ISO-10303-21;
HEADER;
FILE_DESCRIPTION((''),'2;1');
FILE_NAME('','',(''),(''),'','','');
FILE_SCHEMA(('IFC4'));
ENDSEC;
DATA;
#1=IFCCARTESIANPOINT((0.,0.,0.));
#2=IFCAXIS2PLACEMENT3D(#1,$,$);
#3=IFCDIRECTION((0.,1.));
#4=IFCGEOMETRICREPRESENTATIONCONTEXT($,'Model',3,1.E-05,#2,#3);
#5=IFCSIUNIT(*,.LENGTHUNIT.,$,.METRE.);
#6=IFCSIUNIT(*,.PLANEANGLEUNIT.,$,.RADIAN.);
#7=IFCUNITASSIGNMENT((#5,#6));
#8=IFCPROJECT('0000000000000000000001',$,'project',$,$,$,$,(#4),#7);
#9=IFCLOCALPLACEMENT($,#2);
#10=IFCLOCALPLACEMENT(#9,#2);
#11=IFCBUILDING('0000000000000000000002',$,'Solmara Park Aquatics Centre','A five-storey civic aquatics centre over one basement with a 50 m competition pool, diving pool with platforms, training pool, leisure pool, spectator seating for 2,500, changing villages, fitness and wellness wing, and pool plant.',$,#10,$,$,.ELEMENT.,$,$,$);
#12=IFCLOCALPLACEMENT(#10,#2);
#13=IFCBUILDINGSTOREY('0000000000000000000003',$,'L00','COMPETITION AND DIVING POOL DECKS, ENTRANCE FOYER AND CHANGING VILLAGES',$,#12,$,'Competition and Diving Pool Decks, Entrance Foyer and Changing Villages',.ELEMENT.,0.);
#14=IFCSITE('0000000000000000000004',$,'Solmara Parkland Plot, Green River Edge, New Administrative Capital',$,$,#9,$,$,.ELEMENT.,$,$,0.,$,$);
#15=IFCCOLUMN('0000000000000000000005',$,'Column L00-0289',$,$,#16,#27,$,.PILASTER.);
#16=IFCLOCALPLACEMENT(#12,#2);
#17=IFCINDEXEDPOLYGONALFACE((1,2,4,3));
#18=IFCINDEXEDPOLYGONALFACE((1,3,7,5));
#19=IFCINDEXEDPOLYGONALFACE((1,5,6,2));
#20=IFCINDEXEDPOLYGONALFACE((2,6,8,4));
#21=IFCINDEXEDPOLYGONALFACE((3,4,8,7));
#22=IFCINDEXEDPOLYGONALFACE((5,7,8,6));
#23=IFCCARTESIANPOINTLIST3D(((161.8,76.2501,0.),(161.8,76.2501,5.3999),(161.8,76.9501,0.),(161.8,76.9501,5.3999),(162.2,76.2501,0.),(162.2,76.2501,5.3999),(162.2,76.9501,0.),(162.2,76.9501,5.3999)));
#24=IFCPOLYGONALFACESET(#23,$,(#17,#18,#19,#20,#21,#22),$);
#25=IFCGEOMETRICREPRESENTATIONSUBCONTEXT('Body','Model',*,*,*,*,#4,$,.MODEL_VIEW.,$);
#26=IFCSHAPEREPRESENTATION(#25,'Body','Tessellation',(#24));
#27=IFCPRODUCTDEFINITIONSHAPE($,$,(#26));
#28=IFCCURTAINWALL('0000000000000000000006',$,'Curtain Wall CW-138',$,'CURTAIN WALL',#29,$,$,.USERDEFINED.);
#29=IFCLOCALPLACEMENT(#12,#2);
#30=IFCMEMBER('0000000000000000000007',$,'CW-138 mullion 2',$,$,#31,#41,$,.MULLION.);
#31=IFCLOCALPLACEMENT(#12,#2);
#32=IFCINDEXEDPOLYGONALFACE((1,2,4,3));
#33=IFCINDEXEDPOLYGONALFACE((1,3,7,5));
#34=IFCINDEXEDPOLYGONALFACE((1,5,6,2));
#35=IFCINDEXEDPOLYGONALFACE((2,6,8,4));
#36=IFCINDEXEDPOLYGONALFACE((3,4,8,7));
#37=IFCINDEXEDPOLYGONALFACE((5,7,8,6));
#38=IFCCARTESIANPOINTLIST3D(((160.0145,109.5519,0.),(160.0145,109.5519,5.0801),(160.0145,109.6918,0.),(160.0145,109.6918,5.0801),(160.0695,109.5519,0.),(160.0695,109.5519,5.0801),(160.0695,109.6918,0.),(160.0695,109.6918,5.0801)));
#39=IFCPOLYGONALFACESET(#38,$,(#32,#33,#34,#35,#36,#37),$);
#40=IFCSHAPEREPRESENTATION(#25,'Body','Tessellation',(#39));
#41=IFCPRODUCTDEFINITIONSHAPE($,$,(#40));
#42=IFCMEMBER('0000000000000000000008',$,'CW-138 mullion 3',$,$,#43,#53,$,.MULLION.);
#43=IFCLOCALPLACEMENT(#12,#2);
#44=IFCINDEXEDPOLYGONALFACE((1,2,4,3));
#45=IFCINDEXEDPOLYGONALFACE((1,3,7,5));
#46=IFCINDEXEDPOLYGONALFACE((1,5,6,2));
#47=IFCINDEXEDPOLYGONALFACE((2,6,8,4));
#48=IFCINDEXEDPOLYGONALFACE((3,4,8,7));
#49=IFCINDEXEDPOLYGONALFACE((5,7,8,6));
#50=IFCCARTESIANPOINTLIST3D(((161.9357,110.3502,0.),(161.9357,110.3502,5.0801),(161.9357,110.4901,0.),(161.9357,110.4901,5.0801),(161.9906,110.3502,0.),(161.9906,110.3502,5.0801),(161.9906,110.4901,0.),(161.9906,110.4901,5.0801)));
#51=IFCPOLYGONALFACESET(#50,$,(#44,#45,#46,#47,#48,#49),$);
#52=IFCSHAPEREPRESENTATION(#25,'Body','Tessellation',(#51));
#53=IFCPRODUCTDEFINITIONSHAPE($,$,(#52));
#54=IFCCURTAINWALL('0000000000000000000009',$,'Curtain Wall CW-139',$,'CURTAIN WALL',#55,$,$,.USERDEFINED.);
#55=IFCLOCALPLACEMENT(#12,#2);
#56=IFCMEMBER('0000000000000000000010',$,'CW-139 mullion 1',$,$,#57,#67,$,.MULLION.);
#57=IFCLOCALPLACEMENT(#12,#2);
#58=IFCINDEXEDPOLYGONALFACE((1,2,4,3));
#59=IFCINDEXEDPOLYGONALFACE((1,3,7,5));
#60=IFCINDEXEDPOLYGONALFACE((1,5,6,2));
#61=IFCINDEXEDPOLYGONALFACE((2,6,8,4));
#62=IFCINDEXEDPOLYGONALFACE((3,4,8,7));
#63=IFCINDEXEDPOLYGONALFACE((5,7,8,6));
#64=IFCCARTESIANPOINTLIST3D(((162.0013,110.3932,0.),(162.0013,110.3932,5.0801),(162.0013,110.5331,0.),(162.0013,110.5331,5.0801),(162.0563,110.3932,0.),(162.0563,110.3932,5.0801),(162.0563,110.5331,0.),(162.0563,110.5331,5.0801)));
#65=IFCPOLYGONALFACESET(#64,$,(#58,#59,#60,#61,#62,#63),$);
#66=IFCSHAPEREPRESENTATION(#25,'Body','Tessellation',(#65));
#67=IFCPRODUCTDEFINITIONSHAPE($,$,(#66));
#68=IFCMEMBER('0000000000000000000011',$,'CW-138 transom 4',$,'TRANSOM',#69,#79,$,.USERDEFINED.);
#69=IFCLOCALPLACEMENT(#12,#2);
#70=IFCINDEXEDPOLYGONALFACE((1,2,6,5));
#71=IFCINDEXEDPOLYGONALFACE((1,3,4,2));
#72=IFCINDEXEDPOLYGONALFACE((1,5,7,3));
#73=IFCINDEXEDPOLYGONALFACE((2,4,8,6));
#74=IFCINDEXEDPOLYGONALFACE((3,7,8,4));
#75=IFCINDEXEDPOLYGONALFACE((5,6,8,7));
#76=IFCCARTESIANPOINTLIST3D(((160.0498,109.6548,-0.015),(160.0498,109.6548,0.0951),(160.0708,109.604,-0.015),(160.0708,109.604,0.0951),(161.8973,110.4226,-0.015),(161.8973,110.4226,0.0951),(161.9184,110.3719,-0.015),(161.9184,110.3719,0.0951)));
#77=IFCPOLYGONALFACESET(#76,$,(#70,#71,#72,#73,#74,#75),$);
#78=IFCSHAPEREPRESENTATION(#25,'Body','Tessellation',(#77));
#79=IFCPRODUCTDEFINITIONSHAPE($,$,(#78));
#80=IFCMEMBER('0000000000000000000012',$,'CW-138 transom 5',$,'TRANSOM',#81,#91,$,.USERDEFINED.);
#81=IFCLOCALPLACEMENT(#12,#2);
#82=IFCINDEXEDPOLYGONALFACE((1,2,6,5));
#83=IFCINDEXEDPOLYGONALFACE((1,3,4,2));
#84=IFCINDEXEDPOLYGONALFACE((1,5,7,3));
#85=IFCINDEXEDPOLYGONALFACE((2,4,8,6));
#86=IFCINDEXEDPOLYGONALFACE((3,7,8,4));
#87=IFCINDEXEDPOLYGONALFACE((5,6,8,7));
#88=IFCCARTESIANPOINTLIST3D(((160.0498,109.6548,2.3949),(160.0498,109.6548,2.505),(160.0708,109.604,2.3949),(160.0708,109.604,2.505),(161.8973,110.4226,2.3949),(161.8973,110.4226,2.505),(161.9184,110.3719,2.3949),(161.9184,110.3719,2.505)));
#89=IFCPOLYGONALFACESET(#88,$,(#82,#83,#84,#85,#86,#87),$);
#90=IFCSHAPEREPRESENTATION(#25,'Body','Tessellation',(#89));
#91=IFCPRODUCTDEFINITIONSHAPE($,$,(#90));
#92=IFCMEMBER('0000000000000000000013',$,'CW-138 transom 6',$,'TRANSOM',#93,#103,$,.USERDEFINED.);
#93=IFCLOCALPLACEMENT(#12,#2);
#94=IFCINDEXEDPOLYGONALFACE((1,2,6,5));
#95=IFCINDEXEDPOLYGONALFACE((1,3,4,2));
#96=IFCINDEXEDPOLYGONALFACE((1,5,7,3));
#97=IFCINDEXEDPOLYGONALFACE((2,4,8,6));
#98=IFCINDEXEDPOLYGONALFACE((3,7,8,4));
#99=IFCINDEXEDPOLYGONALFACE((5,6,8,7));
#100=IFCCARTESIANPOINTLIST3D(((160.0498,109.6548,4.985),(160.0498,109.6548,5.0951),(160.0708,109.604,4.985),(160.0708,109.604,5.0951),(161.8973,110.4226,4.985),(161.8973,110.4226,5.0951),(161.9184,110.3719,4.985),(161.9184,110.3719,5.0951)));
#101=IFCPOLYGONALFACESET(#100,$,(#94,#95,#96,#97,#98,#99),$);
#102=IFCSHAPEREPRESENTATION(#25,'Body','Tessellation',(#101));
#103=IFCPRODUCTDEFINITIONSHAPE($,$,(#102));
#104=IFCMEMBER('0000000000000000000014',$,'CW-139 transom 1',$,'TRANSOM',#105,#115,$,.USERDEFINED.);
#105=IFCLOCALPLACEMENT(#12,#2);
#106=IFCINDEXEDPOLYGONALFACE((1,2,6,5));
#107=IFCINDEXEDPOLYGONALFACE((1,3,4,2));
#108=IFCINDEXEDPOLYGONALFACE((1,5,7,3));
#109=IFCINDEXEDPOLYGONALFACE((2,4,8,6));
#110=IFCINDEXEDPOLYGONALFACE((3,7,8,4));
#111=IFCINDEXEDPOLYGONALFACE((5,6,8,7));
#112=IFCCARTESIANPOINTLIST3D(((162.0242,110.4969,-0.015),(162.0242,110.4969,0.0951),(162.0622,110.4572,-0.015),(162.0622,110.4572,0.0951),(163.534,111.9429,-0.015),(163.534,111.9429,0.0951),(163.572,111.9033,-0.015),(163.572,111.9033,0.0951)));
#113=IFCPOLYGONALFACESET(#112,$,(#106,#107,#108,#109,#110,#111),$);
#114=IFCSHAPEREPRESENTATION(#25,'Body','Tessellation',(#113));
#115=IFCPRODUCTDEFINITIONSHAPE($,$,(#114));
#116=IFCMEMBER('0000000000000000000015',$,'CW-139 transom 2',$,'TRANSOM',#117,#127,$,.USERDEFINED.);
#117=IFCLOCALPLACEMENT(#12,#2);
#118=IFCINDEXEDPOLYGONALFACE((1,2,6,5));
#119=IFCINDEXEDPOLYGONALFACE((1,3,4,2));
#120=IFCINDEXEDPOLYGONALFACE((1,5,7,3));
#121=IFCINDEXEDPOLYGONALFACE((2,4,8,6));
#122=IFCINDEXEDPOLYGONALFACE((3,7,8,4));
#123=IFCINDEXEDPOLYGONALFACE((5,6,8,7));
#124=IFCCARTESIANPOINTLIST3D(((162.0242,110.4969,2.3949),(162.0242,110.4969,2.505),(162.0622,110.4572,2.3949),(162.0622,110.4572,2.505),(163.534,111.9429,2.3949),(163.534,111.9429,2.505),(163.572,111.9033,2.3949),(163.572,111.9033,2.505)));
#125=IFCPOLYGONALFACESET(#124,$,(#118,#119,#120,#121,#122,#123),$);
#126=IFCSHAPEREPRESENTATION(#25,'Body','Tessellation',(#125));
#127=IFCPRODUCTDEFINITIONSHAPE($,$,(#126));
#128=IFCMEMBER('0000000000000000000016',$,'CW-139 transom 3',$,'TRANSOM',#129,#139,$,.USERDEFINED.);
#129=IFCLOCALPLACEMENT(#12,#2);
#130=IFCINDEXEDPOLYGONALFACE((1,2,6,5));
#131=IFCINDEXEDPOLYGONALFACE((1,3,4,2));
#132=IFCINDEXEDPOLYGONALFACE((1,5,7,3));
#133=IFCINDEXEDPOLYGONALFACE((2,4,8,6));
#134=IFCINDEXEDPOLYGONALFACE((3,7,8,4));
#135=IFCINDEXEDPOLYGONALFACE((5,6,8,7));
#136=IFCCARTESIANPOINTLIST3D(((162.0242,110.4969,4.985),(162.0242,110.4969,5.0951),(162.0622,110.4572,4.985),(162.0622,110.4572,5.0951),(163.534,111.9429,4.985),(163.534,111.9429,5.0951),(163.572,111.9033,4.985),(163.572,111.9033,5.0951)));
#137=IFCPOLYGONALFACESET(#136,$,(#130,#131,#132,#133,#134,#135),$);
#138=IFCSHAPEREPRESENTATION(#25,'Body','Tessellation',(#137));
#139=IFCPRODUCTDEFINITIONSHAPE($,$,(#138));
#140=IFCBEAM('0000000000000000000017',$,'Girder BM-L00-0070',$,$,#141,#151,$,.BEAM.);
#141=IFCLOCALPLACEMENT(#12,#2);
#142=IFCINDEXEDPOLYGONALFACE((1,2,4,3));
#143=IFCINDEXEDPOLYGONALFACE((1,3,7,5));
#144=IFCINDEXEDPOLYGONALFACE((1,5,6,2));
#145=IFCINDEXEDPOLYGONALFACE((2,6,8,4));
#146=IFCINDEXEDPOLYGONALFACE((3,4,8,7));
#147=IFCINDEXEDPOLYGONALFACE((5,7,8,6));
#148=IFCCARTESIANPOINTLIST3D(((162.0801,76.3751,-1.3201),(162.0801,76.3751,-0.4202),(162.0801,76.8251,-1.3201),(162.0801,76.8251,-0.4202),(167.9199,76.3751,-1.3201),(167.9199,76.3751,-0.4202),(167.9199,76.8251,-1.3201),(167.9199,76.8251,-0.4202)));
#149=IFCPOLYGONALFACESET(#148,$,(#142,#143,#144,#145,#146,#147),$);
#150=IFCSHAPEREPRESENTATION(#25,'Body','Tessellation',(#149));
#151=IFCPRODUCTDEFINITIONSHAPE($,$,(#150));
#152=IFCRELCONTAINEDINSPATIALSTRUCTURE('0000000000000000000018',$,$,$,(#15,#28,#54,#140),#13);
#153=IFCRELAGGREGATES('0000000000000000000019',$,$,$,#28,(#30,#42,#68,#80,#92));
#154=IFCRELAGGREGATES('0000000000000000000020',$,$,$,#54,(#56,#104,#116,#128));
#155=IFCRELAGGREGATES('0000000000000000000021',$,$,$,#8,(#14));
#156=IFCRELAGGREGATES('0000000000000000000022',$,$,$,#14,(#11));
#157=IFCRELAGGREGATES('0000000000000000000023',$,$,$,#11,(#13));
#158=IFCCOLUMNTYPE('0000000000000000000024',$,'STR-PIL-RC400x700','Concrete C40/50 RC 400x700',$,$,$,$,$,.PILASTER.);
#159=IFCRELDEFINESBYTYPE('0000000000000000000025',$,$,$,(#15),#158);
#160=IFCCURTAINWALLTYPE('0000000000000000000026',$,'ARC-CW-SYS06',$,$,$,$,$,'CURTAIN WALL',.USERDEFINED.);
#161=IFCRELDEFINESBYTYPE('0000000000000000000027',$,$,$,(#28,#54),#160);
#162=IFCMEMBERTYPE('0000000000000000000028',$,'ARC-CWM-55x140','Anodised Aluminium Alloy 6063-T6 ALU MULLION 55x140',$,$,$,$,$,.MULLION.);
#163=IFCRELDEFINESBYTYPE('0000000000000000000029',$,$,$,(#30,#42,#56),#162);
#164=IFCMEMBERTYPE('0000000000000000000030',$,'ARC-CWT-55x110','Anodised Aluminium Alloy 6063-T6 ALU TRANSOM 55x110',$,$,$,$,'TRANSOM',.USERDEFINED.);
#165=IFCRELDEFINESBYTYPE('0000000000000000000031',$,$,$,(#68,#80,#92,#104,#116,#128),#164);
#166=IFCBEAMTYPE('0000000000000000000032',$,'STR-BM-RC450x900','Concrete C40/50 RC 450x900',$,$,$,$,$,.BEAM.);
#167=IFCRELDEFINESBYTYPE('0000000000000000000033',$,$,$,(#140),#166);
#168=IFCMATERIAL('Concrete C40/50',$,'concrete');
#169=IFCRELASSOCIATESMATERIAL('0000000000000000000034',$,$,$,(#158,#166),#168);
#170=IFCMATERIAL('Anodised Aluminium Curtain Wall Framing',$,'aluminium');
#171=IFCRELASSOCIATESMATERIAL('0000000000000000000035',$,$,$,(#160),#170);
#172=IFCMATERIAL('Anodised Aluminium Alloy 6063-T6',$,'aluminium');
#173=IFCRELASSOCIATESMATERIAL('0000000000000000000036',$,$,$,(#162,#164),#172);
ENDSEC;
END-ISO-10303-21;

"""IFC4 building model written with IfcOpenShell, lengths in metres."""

from ifc_helpers import new_model, si_unit, direction, frame, origin, origin_2d, place, context, subcontext, project, spatial, rectangle, extrude, material, material_profile, profile_set, type_object, element, aggregate, save


model = new_model("IFC4")

# Units and contexts
model_context = context("Model", 3, precision=1e-05, world=origin(), true_north=direction((0.0, 1.0)))
body_context = subcontext(model_context, "Body", "Model", "MODEL_VIEW")
ifc_project = project(units=[si_unit("LENGTHUNIT", "METRE"), si_unit("PLANEANGLEUNIT", "RADIAN")], contexts=[model_context])

# Site, building, storey
site_placement = place(None, origin())
site = spatial("IfcSite", under=ifc_project, at=site_placement, Name="Solmara Parkland Plot, Green River Edge, New Administrative Capital", CompositionType="ELEMENT", RefElevation=0.0)
building_placement = place(site_placement, origin())
building = spatial("IfcBuilding", under=site, at=building_placement, Name="Solmara Park Aquatics Centre", Description="A five-storey civic aquatics centre over one basement with a 50 m competition pool, diving pool with platforms, training pool, leisure pool, spectator seating for 2,500, changing villages, fitness and wellness wing, and pool plant.", CompositionType="ELEMENT")
storey_placement = place(building_placement, origin())
storey = spatial("IfcBuildingStorey", under=building, at=storey_placement, Name="L00", Description="COMPETITION AND DIVING POOL DECKS, ENTRANCE FOYER AND CHANGING VILLAGES", LongName="Competition and Diving Pool Decks, Entrance Foyer and Changing Villages", CompositionType="ELEMENT", Elevation=0.0)

# Column
ifc_material_1 = material(Name="Concrete C40/50", Category="concrete")
ifc_material_profile_1 = material_profile(ifc_material_1, rectangle(XDim=0.3999, YDim=0.7, at=origin_2d()), Name="RC 400x700")
ifc_profile_set_1 = profile_set([ifc_material_profile_1], Name="Concrete C40/50")
column_type = type_object("IfcColumnType", Name="STR-PIL-RC400x700", Description="Concrete C40/50 RC 400x700", PredefinedType="PILASTER", material=ifc_profile_set_1)
column_placement = place(storey_placement, frame((162.0, 76.6001, 0.0), z_axis=(0.0, 0.0, 1.0), x_axis=(1.0, 0.0, 0.0)))
element("IfcColumn", 1, at=column_placement, inside=storey, type_object=column_type, Name="Column L00-0289", PredefinedType="PILASTER", context=body_context, shape_type="SweptSolid", body=[
    extrude(rectangle(XDim=0.3999, YDim=0.7, at=origin_2d()), origin(), (0.0, 0.0, 1.0), 5.3999),
])

# Curtain wall, members
ifc_material_2 = material(Name="Anodised Aluminium Curtain Wall Framing", Category="aluminium")
curtain_wall_type = type_object("IfcCurtainWallType", Name="ARC-CW-SYS06", ElementType="CURTAIN WALL", PredefinedType="USERDEFINED", material=ifc_material_2)
curtain_wall_1_placement = place(storey_placement, origin())
curtain_wall_1 = element("IfcCurtainWall", 2, at=curtain_wall_1_placement, inside=storey, type_object=curtain_wall_type, Name="Curtain Wall CW-138", ObjectType="CURTAIN WALL", PredefinedType="USERDEFINED")
ifc_material_3 = material(Name="Anodised Aluminium Alloy 6063-T6", Category="aluminium")
ifc_material_profile_2 = material_profile(ifc_material_3, rectangle(XDim=0.0549, YDim=0.1399, at=origin_2d()), Name="ALU MULLION 55x140")
ifc_profile_set_2 = profile_set([ifc_material_profile_2], Name="Anodised Aluminium Alloy 6063-T6")
member_type_1 = type_object("IfcMemberType", Name="ARC-CWM-55x140", Description="Anodised Aluminium Alloy 6063-T6 ALU MULLION 55x140", PredefinedType="MULLION", material=ifc_profile_set_2)
member_1_placement = place(storey_placement, frame((160.042, 109.6218, 0.0), z_axis=(0.0, 0.0, 1.0), x_axis=(1.0, 0.0, 0.0)))
member_1 = element("IfcMember", 3, at=member_1_placement, type_object=member_type_1, Name="CW-138 mullion 2", PredefinedType="MULLION", context=body_context, shape_type="SweptSolid", body=[
    extrude(rectangle(XDim=0.0549, YDim=0.1399, at=origin_2d()), origin(), (0.0, 0.0, 1.0), 5.0801),
])
member_2_placement = place(storey_placement, frame((161.9631, 110.4202, 0.0), z_axis=(0.0, 0.0, 1.0), x_axis=(1.0, 0.0, 0.0)))
member_2 = element("IfcMember", 4, at=member_2_placement, type_object=member_type_1, Name="CW-138 mullion 3", PredefinedType="MULLION", context=body_context, shape_type="SweptSolid", body=[
    extrude(rectangle(XDim=0.0549, YDim=0.1399, at=origin_2d()), origin(), (0.0, 0.0, 1.0), 5.0801),
])

# Curtain wall, member
curtain_wall_2_placement = place(storey_placement, origin())
curtain_wall_2 = element("IfcCurtainWall", 5, at=curtain_wall_2_placement, inside=storey, type_object=curtain_wall_type, Name="Curtain Wall CW-139", ObjectType="CURTAIN WALL", PredefinedType="USERDEFINED")
member_3_placement = place(storey_placement, frame((162.0288, 110.4631, 0.0), z_axis=(0.0, 0.0, 1.0), x_axis=(1.0, 0.0, 0.0)))
member_3 = element("IfcMember", 6, at=member_3_placement, type_object=member_type_1, Name="CW-139 mullion 1", PredefinedType="MULLION", context=body_context, shape_type="SweptSolid", body=[
    extrude(rectangle(XDim=0.0549, YDim=0.1399, at=origin_2d()), origin(), (0.0, 0.0, 1.0), 5.0801),
])

# Members
ifc_material_profile_3 = material_profile(ifc_material_3, rectangle(XDim=0.0549, YDim=0.1101, at=origin_2d()), Name="ALU TRANSOM 55x110")
ifc_profile_set_3 = profile_set([ifc_material_profile_3], Name="Anodised Aluminium Alloy 6063-T6")
member_type_2 = type_object("IfcMemberType", Name="ARC-CWT-55x110", Description="Anodised Aluminium Alloy 6063-T6 ALU TRANSOM 55x110", ElementType="TRANSOM", PredefinedType="USERDEFINED", material=ifc_profile_set_3)
member_4_placement = place(storey_placement, frame((160.0603, 109.6294, 0.04), z_axis=(0.92342, 0.383792, 0.0), x_axis=(-0.383792, 0.92342, 0.0)))
member_4 = element("IfcMember", 7, at=member_4_placement, type_object=member_type_2, Name="CW-138 transom 4", ObjectType="TRANSOM", PredefinedType="USERDEFINED", context=body_context, shape_type="SweptSolid", body=[
    extrude(rectangle(XDim=0.0549, YDim=0.1101, at=origin_2d()), origin(), (0.0, 0.0, 1.0), 2.0007),
])
member_5_placement = place(storey_placement, frame((160.0603, 109.6294, 2.45), z_axis=(0.92342, 0.383792, 0.0), x_axis=(-0.383792, 0.92342, 0.0)))
member_5 = element("IfcMember", 8, at=member_5_placement, type_object=member_type_2, Name="CW-138 transom 5", ObjectType="TRANSOM", PredefinedType="USERDEFINED", context=body_context, shape_type="SweptSolid", body=[
    extrude(rectangle(XDim=0.0549, YDim=0.1101, at=origin_2d()), origin(), (0.0, 0.0, 1.0), 2.0007),
])
member_6_placement = place(storey_placement, frame((160.0603, 109.6294, 5.04), z_axis=(0.92342, 0.383792, 0.0), x_axis=(-0.383792, 0.92342, 0.0)))
member_6 = element("IfcMember", 9, at=member_6_placement, type_object=member_type_2, Name="CW-138 transom 6", ObjectType="TRANSOM", PredefinedType="USERDEFINED", context=body_context, shape_type="SweptSolid", body=[
    extrude(rectangle(XDim=0.0549, YDim=0.1101, at=origin_2d()), origin(), (0.0, 0.0, 1.0), 2.0007),
])
member_7_placement = place(storey_placement, frame((162.0432, 110.4771, 0.04), z_axis=(0.722183, 0.691702, 0.0), x_axis=(-0.691702, 0.722183, 0.0)))
member_7 = element("IfcMember", 10, at=member_7_placement, type_object=member_type_2, Name="CW-139 transom 1", ObjectType="TRANSOM", PredefinedType="USERDEFINED", context=body_context, shape_type="SweptSolid", body=[
    extrude(rectangle(XDim=0.0549, YDim=0.1101, at=origin_2d()), origin(), (0.0, 0.0, 1.0), 2.0906),
])
member_8_placement = place(storey_placement, frame((162.0432, 110.4771, 2.45), z_axis=(0.722183, 0.691702, 0.0), x_axis=(-0.691702, 0.722183, 0.0)))
member_8 = element("IfcMember", 11, at=member_8_placement, type_object=member_type_2, Name="CW-139 transom 2", ObjectType="TRANSOM", PredefinedType="USERDEFINED", context=body_context, shape_type="SweptSolid", body=[
    extrude(rectangle(XDim=0.0549, YDim=0.1101, at=origin_2d()), origin(), (0.0, 0.0, 1.0), 2.0906),
])
member_9_placement = place(storey_placement, frame((162.0432, 110.4771, 5.04), z_axis=(0.722183, 0.691702, 0.0), x_axis=(-0.691702, 0.722183, 0.0)))
member_9 = element("IfcMember", 12, at=member_9_placement, type_object=member_type_2, Name="CW-139 transom 3", ObjectType="TRANSOM", PredefinedType="USERDEFINED", context=body_context, shape_type="SweptSolid", body=[
    extrude(rectangle(XDim=0.0549, YDim=0.1101, at=origin_2d()), origin(), (0.0, 0.0, 1.0), 2.0906),
])

# Beam
ifc_material_profile_4 = material_profile(ifc_material_1, rectangle(XDim=0.45, YDim=0.8999, at=origin_2d()), Name="RC 450x900")
ifc_profile_set_4 = profile_set([ifc_material_profile_4], Name="Concrete C40/50")
beam_type_1 = type_object("IfcBeamType", Name="STR-BM-RC450x900", Description="Concrete C40/50 RC 450x900", PredefinedType="BEAM", material=ifc_profile_set_4)
beam_1_placement = place(storey_placement, frame((162.0801, 76.6001, -0.8701), z_axis=(1.0, 0.0, 0.0), x_axis=(0.0, 1.0, 0.0)))
element("IfcBeam", 13, at=beam_1_placement, inside=storey, type_object=beam_type_1, Name="Girder BM-L00-0070", PredefinedType="BEAM", context=body_context, shape_type="SweptSolid", body=[
    extrude(rectangle(XDim=0.45, YDim=0.8999, at=origin_2d()), origin(), (0.0, 0.0, 1.0), 5.8398),
])

aggregate(curtain_wall_1, [member_1, member_2, member_4, member_5, member_6])
aggregate(curtain_wall_2, [member_3, member_7, member_8, member_9])

save(model, "model.ifc")
